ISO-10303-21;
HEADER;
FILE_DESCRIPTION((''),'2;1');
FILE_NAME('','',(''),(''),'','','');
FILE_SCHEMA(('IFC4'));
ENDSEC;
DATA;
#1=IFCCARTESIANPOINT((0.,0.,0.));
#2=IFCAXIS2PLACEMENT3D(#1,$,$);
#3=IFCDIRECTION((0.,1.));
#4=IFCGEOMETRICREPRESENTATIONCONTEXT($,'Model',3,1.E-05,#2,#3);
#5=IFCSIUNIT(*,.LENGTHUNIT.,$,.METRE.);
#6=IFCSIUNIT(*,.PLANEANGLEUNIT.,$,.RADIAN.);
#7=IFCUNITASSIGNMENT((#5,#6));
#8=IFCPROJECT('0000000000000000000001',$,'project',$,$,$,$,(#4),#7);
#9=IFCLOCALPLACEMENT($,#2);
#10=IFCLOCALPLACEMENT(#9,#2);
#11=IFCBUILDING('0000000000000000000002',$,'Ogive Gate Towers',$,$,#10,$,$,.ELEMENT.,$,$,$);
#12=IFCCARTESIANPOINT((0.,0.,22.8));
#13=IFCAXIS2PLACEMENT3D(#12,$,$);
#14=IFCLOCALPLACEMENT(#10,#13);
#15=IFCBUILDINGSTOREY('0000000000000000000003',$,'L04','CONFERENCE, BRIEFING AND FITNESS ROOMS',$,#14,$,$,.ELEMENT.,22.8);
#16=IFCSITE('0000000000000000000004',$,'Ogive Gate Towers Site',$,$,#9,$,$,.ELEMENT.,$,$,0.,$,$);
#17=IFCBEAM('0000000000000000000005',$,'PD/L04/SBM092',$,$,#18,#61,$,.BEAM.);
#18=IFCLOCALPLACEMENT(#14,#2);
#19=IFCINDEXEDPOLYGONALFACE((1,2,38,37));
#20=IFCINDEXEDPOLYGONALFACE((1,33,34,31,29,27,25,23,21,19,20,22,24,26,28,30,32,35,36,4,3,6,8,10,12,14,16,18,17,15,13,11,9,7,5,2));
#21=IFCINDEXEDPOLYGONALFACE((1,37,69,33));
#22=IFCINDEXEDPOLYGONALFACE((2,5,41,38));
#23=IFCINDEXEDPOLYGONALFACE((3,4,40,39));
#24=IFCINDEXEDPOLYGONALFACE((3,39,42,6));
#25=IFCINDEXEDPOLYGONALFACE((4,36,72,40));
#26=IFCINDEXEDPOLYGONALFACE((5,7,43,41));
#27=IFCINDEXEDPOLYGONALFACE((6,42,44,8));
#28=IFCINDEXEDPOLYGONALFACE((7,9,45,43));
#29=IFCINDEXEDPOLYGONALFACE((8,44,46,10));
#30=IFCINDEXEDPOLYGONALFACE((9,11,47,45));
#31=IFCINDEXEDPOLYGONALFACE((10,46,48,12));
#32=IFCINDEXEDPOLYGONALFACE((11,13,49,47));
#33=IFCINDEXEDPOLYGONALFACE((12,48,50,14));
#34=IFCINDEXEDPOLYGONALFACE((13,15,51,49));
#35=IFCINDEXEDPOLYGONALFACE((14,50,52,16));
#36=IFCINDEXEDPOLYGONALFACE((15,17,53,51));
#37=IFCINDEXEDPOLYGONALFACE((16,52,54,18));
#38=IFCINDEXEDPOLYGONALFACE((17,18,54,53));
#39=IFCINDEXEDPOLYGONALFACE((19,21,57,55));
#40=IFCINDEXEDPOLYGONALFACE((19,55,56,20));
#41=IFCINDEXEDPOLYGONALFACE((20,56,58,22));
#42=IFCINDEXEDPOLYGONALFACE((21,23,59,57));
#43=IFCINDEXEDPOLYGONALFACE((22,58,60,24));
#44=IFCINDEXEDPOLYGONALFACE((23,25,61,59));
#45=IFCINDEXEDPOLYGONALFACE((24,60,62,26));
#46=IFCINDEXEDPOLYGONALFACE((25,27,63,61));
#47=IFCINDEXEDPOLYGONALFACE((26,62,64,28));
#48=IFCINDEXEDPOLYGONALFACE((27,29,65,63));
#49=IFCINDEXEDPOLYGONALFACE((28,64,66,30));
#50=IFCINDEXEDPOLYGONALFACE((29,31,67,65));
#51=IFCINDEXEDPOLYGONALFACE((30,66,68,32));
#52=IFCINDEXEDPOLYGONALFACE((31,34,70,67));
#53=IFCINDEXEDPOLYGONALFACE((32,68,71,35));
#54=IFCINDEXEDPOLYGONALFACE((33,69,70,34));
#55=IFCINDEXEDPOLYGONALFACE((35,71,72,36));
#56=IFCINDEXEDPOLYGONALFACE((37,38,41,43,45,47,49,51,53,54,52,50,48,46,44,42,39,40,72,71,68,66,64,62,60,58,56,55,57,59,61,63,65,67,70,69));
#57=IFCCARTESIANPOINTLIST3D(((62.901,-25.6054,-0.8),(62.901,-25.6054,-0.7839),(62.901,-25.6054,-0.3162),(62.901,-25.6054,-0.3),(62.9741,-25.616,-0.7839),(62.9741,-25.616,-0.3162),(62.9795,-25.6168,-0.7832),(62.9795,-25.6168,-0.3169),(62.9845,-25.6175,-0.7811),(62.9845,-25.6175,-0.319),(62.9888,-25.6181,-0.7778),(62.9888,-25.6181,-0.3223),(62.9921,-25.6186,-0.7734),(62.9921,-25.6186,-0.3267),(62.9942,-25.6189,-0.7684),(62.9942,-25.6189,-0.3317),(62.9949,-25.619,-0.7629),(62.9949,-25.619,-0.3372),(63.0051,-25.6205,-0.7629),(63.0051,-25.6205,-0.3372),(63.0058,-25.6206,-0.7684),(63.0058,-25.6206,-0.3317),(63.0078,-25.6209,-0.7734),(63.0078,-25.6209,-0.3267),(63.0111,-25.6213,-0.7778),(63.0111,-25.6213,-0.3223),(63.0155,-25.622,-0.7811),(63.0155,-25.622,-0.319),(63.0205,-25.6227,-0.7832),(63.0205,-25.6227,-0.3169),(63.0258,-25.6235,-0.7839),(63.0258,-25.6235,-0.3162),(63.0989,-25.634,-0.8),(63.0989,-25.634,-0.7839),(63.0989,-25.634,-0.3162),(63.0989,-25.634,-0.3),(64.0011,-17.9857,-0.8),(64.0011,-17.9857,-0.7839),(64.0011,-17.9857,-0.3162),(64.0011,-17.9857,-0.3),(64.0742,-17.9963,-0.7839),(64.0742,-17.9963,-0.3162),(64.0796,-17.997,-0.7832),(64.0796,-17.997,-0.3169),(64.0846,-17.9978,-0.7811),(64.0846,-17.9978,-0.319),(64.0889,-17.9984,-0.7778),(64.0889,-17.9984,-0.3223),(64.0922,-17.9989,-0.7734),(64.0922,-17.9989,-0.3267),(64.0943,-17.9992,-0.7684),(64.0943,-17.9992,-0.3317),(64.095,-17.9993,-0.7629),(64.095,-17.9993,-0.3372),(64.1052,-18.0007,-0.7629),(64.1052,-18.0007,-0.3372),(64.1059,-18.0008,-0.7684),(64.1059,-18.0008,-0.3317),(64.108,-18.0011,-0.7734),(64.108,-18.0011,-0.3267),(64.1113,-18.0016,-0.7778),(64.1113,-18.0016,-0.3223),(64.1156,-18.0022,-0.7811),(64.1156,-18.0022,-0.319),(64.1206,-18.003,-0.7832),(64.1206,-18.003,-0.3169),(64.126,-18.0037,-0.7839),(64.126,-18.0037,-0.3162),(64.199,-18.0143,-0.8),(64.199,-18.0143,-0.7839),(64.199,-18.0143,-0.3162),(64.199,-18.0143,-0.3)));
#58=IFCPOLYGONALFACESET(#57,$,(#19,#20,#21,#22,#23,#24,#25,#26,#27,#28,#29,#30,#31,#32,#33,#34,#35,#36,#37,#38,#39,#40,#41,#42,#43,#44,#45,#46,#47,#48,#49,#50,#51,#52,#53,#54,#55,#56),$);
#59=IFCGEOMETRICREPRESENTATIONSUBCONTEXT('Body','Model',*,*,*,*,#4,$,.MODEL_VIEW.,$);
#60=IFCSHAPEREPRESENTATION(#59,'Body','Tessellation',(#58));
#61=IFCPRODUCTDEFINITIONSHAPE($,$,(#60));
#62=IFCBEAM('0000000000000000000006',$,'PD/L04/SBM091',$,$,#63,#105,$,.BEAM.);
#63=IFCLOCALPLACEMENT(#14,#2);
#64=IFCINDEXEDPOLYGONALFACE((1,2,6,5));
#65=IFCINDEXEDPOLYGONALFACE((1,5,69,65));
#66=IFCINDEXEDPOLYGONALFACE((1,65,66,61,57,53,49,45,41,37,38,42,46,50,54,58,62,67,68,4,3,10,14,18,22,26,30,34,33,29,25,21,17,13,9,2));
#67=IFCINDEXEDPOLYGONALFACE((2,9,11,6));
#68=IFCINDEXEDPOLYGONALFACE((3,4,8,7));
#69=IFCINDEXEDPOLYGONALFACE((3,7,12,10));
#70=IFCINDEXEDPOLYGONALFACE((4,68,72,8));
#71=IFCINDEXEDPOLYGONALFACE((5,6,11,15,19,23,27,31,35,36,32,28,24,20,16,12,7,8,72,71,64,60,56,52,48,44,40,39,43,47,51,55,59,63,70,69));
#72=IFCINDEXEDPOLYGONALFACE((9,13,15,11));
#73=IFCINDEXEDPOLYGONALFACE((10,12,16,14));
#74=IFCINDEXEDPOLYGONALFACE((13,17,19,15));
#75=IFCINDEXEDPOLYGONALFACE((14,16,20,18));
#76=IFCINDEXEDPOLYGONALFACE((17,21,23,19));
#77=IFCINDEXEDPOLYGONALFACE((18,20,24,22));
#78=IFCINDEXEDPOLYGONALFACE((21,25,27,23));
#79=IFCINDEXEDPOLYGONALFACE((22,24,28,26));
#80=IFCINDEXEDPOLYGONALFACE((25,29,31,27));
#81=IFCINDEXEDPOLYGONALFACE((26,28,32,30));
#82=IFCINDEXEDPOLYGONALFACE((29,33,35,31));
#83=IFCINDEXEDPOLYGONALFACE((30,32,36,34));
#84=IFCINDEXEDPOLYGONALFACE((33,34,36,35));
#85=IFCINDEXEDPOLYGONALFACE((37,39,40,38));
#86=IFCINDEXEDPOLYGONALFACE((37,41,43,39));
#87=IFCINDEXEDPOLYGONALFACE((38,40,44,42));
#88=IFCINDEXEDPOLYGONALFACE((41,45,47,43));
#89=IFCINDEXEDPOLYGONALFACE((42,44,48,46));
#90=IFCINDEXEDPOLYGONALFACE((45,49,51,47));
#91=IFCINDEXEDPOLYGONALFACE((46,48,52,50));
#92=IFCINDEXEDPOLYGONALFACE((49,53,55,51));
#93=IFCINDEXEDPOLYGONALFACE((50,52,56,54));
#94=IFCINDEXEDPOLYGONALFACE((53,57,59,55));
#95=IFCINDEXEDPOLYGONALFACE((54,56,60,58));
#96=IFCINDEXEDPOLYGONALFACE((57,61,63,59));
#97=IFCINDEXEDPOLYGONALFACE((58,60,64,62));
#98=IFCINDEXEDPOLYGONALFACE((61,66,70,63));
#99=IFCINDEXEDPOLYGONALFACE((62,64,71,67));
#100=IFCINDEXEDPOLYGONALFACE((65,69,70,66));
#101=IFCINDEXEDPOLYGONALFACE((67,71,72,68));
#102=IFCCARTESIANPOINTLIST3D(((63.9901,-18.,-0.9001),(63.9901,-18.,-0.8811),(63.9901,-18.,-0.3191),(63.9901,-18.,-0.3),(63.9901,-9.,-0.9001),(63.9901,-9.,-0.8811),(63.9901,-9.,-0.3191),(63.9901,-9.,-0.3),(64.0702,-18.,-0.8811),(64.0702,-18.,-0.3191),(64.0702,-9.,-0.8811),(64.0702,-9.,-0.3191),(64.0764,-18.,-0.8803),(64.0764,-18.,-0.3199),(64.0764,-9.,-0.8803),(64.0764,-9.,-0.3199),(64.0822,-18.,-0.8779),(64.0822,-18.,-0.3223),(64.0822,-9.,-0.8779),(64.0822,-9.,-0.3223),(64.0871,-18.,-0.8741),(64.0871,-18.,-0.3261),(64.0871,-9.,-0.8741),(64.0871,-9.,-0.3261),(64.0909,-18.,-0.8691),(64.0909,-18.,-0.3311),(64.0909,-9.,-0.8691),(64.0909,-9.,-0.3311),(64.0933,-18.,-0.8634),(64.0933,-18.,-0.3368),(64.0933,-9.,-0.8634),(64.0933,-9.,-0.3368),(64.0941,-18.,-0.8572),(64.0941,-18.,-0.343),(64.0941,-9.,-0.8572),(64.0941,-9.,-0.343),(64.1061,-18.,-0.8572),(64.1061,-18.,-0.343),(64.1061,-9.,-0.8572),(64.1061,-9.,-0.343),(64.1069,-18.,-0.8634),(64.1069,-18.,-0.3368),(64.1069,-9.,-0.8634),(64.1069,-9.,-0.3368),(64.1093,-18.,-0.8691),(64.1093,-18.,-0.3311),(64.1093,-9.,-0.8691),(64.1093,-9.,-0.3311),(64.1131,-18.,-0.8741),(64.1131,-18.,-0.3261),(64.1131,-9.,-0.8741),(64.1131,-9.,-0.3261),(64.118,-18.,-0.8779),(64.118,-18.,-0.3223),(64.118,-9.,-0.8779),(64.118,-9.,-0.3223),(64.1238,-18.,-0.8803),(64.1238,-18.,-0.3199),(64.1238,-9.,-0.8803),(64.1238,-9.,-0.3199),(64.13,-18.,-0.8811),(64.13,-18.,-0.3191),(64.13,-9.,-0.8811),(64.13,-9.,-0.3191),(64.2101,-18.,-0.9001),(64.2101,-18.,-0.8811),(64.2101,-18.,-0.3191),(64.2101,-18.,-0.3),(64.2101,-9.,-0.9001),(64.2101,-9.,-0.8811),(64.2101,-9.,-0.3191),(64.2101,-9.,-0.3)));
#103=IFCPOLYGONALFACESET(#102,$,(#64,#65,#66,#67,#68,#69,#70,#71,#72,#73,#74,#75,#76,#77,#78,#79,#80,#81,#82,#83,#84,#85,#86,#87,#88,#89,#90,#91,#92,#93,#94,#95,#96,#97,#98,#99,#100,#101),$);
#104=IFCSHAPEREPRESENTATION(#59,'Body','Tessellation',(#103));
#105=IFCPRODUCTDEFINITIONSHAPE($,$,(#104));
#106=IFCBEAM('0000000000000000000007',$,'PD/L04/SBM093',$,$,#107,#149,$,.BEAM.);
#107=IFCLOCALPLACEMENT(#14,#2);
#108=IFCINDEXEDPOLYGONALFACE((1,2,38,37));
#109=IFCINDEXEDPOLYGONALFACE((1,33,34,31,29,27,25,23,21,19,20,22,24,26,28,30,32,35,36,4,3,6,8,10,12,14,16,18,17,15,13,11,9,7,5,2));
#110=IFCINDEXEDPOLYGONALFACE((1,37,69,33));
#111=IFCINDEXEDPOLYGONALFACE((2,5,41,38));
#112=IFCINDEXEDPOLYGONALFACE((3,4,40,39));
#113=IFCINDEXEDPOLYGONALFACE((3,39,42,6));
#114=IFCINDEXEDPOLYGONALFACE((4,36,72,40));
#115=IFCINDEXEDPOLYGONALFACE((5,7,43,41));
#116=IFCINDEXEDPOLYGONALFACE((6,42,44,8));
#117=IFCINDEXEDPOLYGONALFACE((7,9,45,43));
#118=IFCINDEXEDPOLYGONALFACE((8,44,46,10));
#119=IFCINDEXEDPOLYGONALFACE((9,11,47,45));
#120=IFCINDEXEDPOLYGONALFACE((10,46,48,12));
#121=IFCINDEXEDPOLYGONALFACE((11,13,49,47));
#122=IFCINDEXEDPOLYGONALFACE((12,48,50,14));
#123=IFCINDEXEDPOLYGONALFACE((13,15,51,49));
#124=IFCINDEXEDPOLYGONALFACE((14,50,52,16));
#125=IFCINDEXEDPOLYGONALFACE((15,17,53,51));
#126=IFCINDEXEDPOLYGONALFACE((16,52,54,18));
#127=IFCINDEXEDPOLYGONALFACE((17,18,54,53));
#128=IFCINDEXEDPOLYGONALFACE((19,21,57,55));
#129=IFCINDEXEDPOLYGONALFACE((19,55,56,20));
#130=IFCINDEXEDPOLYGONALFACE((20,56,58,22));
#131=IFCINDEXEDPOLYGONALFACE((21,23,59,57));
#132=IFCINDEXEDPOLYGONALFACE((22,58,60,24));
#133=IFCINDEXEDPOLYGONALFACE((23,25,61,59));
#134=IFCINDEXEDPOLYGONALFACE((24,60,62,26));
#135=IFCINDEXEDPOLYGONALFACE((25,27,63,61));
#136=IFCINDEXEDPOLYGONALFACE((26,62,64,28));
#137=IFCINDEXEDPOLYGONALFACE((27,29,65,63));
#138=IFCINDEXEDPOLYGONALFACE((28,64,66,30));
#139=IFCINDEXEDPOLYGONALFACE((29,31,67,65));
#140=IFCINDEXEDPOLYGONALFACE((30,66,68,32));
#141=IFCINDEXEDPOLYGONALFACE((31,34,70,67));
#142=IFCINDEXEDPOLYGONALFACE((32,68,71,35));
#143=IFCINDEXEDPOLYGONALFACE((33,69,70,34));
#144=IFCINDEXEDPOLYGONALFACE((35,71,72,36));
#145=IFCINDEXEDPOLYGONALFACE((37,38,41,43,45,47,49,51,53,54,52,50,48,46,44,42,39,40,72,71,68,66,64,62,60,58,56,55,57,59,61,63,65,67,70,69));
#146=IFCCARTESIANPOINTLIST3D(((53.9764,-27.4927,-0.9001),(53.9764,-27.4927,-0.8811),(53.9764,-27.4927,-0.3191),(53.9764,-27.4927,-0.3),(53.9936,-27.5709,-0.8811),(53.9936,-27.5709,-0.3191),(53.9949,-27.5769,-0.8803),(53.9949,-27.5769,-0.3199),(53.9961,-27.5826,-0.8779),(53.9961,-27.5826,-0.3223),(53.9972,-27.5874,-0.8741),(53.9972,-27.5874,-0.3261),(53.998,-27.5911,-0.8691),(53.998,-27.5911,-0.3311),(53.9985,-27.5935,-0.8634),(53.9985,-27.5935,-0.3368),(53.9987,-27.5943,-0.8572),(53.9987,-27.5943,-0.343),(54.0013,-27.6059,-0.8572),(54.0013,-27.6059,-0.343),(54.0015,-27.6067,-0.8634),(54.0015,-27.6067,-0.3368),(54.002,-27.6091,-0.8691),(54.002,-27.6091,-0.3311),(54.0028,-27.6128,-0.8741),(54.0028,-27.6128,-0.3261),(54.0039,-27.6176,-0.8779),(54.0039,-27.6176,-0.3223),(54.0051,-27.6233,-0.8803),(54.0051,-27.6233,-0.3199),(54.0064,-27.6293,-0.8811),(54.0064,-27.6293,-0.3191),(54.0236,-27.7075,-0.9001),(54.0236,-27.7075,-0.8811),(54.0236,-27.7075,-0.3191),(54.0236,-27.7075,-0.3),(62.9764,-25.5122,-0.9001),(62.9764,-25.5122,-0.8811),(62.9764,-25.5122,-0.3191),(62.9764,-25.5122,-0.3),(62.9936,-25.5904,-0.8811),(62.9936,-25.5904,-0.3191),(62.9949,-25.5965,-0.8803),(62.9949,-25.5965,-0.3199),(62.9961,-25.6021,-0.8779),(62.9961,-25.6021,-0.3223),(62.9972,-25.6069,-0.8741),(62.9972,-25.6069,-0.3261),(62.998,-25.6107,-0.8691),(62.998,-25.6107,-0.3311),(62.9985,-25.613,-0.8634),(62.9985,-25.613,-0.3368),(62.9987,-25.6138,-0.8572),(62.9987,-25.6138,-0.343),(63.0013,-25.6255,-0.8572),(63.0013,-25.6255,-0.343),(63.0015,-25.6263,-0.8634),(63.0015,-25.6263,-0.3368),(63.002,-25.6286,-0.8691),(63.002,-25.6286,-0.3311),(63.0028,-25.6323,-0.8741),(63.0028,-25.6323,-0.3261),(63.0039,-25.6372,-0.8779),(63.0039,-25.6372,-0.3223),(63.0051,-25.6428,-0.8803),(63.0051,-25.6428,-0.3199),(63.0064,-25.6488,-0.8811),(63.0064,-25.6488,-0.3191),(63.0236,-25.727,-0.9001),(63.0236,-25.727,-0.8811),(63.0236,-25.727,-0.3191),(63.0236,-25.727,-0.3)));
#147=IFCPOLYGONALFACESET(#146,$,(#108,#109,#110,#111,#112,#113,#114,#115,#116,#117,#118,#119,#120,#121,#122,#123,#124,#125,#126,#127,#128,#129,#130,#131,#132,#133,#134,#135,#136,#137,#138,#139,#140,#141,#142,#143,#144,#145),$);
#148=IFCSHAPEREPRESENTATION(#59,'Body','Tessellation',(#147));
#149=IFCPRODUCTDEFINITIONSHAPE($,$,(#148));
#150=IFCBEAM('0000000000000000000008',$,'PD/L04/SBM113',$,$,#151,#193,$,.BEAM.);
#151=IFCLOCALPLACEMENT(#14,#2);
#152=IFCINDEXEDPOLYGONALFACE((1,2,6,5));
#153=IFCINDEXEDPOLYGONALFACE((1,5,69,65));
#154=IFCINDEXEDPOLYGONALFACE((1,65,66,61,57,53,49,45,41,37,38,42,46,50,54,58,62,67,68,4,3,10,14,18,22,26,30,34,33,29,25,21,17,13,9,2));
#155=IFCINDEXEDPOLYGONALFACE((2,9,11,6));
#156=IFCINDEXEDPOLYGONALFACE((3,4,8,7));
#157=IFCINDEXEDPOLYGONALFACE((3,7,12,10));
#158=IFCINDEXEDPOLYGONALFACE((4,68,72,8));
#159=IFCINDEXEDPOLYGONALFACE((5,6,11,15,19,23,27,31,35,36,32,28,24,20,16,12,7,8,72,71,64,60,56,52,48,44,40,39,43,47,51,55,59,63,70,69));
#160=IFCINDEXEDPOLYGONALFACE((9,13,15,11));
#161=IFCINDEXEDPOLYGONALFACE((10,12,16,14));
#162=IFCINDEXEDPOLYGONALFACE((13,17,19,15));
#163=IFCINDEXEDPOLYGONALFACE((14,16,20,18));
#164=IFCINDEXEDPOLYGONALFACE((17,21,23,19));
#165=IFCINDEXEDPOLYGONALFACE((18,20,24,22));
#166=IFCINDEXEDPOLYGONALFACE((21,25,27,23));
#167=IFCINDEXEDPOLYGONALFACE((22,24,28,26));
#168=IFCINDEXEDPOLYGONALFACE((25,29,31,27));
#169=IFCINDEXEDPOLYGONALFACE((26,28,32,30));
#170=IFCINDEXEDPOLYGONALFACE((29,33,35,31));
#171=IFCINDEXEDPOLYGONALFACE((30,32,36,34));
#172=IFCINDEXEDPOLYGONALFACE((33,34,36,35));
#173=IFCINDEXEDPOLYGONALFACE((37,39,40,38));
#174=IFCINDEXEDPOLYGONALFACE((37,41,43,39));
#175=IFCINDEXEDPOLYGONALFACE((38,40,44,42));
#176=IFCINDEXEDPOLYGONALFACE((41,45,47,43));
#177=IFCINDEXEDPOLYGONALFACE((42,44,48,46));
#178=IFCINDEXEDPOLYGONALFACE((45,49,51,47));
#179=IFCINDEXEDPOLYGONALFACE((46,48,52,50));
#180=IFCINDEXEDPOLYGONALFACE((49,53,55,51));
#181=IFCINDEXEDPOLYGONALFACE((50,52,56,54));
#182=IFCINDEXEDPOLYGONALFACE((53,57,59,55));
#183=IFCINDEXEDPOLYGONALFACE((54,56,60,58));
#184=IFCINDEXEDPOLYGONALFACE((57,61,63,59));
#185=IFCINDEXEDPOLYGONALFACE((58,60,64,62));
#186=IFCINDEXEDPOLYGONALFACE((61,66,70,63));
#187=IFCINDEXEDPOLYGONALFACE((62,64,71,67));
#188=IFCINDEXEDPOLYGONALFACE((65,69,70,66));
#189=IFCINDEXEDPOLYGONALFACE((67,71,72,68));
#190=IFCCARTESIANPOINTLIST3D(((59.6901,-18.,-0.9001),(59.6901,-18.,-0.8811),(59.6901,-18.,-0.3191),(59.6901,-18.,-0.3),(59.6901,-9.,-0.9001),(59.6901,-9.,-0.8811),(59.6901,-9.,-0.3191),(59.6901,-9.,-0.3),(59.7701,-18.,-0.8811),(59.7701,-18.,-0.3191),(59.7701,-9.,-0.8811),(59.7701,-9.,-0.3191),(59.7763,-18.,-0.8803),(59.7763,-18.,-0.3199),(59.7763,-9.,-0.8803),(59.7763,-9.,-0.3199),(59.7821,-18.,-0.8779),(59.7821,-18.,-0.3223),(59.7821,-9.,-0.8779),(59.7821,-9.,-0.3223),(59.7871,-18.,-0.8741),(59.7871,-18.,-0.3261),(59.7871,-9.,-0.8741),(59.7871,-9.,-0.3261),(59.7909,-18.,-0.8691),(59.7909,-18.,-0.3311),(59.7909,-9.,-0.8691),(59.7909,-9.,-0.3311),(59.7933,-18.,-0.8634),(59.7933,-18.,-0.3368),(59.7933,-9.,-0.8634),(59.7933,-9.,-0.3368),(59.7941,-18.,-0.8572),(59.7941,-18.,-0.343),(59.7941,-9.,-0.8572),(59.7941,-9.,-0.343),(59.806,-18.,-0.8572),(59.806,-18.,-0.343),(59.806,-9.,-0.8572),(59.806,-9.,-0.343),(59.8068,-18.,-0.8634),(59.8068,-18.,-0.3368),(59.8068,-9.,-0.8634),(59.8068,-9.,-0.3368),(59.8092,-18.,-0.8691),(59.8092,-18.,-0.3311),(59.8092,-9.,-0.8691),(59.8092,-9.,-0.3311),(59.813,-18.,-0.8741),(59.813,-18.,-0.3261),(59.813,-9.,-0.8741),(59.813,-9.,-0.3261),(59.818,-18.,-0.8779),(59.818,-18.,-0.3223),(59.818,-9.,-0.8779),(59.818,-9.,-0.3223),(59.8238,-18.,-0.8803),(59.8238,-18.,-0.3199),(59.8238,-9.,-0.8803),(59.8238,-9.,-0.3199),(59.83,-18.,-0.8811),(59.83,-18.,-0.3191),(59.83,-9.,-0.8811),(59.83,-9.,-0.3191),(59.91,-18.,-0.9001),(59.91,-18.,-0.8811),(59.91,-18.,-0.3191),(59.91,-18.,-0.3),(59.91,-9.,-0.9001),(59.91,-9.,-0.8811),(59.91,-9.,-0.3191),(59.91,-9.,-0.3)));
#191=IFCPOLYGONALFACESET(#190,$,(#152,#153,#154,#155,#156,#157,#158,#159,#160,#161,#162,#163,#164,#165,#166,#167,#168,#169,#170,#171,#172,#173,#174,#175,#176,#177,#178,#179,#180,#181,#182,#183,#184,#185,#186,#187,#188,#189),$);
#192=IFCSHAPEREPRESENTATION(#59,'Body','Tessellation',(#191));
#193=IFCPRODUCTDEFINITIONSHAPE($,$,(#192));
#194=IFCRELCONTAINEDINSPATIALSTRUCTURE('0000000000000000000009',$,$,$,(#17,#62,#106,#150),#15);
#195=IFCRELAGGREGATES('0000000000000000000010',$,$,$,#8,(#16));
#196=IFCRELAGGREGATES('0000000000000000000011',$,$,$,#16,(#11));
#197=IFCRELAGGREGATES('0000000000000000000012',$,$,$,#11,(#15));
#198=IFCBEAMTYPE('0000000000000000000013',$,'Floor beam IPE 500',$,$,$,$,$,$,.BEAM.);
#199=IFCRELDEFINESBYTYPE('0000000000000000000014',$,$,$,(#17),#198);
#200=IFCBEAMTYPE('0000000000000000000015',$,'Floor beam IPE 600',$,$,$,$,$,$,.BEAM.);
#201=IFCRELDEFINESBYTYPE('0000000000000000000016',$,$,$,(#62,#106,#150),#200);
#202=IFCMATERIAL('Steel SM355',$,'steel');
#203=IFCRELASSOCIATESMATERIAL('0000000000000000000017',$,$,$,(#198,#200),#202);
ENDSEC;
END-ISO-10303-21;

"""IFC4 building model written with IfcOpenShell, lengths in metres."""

from ifc_helpers import new_model, si_unit, direction, frame, origin, origin_2d, place, context, subcontext, project, spatial, i_section, extrude, material, material_profile, profile_set, type_object, element, save


model = new_model("IFC4")

# Units and contexts
model_context = context("Model", 3, precision=1e-05, world=origin(), true_north=direction((0.0, 1.0)))
body_context = subcontext(model_context, "Body", "Model", "MODEL_VIEW")
ifc_project = project(units=[si_unit("LENGTHUNIT", "METRE"), si_unit("PLANEANGLEUNIT", "RADIAN")], contexts=[model_context])

# Site, building, storey
site_placement = place(None, origin())
site = spatial("IfcSite", under=ifc_project, at=site_placement, Name="Ogive Gate Towers Site", CompositionType="ELEMENT", RefElevation=0.0)
building_placement = place(site_placement, origin())
building = spatial("IfcBuilding", under=site, at=building_placement, Name="Ogive Gate Towers", CompositionType="ELEMENT")
storey_placement = place(building_placement, frame((0.0, 0.0, 22.8)))
storey = spatial("IfcBuildingStorey", under=building, at=storey_placement, Name="L04", Description="CONFERENCE, BRIEFING AND FITNESS ROOMS", CompositionType="ELEMENT", Elevation=22.8)

# Beams
ifc_material_1 = material(Name="Steel SM355", Category="steel")
ifc_material_profile_1 = material_profile(ifc_material_1, i_section(OverallWidth=0.2, OverallDepth=0.5, WebThickness=0.0103, FlangeThickness=0.0161, FilletRadius=0.021, at=origin_2d()), Name="IPE 500")
ifc_profile_set_1 = profile_set([ifc_material_profile_1], Name="Steel SM355")
beam_type_1 = type_object("IfcBeamType", Name="Floor beam IPE 500", PredefinedType="BEAM", material=ifc_profile_set_1)
beam_1_placement = place(storey_placement, frame((64.1001, -18.0, -0.55), z_axis=(-0.142895, -0.989738, 0.0), x_axis=(0.989738, -0.142895, 0.0)))
element("IfcBeam", 1, at=beam_1_placement, inside=storey, type_object=beam_type_1, Name="PD/L04/SBM092", PredefinedType="BEAM", context=body_context, shape_type="SweptSolid", body=[
    extrude(i_section(OverallWidth=0.2, OverallDepth=0.5, WebThickness=0.0103, FlangeThickness=0.0161, FilletRadius=0.021, at=origin_2d()), origin(), (0.0, 0.0, 1.0), 7.6987),
])
ifc_material_profile_2 = material_profile(ifc_material_1, i_section(OverallWidth=0.22, OverallDepth=0.6001, WebThickness=0.012, FlangeThickness=0.019, FilletRadius=0.0239, at=origin_2d()), Name="IPE 600")
ifc_profile_set_2 = profile_set([ifc_material_profile_2], Name="Steel SM355")
beam_type_2 = type_object("IfcBeamType", Name="Floor beam IPE 600", PredefinedType="BEAM", material=ifc_profile_set_2)
beam_2_placement = place(storey_placement, frame((64.1001, -9.0, -0.6001), z_axis=(0.0, -1.0, 0.0), x_axis=(1.0, 0.0, 0.0)))
element("IfcBeam", 2, at=beam_2_placement, inside=storey, type_object=beam_type_2, Name="PD/L04/SBM091", PredefinedType="BEAM", context=body_context, shape_type="SweptSolid", body=[
    extrude(i_section(OverallWidth=0.22, OverallDepth=0.6001, WebThickness=0.012, FlangeThickness=0.019, FilletRadius=0.0239, at=origin_2d()), origin(), (0.0, 0.0, 1.0), 9.0),
])
beam_3_placement = place(storey_placement, frame((63.0, -25.6196, -0.6001), z_axis=(-0.976634, -0.21491, 0.0), x_axis=(0.21491, -0.976634, 0.0)))
element("IfcBeam", 3, at=beam_3_placement, inside=storey, type_object=beam_type_2, Name="PD/L04/SBM093", PredefinedType="BEAM", context=body_context, shape_type="SweptSolid", body=[
    extrude(i_section(OverallWidth=0.22, OverallDepth=0.6001, WebThickness=0.012, FlangeThickness=0.019, FilletRadius=0.0239, at=origin_2d()), origin(), (0.0, 0.0, 1.0), 9.2153),
])
beam_4_placement = place(storey_placement, frame((59.8, -18.0, -0.6001), z_axis=(0.0, 1.0, 0.0), x_axis=(-1.0, 0.0, 0.0)))
element("IfcBeam", 4, at=beam_4_placement, inside=storey, type_object=beam_type_2, Name="PD/L04/SBM113", PredefinedType="BEAM", context=body_context, shape_type="SweptSolid", body=[
    extrude(i_section(OverallWidth=0.22, OverallDepth=0.6001, WebThickness=0.012, FlangeThickness=0.019, FilletRadius=0.0239, at=origin_2d()), origin(), (0.0, 0.0, 1.0), 9.0),
])

save(model, "model.ifc")
